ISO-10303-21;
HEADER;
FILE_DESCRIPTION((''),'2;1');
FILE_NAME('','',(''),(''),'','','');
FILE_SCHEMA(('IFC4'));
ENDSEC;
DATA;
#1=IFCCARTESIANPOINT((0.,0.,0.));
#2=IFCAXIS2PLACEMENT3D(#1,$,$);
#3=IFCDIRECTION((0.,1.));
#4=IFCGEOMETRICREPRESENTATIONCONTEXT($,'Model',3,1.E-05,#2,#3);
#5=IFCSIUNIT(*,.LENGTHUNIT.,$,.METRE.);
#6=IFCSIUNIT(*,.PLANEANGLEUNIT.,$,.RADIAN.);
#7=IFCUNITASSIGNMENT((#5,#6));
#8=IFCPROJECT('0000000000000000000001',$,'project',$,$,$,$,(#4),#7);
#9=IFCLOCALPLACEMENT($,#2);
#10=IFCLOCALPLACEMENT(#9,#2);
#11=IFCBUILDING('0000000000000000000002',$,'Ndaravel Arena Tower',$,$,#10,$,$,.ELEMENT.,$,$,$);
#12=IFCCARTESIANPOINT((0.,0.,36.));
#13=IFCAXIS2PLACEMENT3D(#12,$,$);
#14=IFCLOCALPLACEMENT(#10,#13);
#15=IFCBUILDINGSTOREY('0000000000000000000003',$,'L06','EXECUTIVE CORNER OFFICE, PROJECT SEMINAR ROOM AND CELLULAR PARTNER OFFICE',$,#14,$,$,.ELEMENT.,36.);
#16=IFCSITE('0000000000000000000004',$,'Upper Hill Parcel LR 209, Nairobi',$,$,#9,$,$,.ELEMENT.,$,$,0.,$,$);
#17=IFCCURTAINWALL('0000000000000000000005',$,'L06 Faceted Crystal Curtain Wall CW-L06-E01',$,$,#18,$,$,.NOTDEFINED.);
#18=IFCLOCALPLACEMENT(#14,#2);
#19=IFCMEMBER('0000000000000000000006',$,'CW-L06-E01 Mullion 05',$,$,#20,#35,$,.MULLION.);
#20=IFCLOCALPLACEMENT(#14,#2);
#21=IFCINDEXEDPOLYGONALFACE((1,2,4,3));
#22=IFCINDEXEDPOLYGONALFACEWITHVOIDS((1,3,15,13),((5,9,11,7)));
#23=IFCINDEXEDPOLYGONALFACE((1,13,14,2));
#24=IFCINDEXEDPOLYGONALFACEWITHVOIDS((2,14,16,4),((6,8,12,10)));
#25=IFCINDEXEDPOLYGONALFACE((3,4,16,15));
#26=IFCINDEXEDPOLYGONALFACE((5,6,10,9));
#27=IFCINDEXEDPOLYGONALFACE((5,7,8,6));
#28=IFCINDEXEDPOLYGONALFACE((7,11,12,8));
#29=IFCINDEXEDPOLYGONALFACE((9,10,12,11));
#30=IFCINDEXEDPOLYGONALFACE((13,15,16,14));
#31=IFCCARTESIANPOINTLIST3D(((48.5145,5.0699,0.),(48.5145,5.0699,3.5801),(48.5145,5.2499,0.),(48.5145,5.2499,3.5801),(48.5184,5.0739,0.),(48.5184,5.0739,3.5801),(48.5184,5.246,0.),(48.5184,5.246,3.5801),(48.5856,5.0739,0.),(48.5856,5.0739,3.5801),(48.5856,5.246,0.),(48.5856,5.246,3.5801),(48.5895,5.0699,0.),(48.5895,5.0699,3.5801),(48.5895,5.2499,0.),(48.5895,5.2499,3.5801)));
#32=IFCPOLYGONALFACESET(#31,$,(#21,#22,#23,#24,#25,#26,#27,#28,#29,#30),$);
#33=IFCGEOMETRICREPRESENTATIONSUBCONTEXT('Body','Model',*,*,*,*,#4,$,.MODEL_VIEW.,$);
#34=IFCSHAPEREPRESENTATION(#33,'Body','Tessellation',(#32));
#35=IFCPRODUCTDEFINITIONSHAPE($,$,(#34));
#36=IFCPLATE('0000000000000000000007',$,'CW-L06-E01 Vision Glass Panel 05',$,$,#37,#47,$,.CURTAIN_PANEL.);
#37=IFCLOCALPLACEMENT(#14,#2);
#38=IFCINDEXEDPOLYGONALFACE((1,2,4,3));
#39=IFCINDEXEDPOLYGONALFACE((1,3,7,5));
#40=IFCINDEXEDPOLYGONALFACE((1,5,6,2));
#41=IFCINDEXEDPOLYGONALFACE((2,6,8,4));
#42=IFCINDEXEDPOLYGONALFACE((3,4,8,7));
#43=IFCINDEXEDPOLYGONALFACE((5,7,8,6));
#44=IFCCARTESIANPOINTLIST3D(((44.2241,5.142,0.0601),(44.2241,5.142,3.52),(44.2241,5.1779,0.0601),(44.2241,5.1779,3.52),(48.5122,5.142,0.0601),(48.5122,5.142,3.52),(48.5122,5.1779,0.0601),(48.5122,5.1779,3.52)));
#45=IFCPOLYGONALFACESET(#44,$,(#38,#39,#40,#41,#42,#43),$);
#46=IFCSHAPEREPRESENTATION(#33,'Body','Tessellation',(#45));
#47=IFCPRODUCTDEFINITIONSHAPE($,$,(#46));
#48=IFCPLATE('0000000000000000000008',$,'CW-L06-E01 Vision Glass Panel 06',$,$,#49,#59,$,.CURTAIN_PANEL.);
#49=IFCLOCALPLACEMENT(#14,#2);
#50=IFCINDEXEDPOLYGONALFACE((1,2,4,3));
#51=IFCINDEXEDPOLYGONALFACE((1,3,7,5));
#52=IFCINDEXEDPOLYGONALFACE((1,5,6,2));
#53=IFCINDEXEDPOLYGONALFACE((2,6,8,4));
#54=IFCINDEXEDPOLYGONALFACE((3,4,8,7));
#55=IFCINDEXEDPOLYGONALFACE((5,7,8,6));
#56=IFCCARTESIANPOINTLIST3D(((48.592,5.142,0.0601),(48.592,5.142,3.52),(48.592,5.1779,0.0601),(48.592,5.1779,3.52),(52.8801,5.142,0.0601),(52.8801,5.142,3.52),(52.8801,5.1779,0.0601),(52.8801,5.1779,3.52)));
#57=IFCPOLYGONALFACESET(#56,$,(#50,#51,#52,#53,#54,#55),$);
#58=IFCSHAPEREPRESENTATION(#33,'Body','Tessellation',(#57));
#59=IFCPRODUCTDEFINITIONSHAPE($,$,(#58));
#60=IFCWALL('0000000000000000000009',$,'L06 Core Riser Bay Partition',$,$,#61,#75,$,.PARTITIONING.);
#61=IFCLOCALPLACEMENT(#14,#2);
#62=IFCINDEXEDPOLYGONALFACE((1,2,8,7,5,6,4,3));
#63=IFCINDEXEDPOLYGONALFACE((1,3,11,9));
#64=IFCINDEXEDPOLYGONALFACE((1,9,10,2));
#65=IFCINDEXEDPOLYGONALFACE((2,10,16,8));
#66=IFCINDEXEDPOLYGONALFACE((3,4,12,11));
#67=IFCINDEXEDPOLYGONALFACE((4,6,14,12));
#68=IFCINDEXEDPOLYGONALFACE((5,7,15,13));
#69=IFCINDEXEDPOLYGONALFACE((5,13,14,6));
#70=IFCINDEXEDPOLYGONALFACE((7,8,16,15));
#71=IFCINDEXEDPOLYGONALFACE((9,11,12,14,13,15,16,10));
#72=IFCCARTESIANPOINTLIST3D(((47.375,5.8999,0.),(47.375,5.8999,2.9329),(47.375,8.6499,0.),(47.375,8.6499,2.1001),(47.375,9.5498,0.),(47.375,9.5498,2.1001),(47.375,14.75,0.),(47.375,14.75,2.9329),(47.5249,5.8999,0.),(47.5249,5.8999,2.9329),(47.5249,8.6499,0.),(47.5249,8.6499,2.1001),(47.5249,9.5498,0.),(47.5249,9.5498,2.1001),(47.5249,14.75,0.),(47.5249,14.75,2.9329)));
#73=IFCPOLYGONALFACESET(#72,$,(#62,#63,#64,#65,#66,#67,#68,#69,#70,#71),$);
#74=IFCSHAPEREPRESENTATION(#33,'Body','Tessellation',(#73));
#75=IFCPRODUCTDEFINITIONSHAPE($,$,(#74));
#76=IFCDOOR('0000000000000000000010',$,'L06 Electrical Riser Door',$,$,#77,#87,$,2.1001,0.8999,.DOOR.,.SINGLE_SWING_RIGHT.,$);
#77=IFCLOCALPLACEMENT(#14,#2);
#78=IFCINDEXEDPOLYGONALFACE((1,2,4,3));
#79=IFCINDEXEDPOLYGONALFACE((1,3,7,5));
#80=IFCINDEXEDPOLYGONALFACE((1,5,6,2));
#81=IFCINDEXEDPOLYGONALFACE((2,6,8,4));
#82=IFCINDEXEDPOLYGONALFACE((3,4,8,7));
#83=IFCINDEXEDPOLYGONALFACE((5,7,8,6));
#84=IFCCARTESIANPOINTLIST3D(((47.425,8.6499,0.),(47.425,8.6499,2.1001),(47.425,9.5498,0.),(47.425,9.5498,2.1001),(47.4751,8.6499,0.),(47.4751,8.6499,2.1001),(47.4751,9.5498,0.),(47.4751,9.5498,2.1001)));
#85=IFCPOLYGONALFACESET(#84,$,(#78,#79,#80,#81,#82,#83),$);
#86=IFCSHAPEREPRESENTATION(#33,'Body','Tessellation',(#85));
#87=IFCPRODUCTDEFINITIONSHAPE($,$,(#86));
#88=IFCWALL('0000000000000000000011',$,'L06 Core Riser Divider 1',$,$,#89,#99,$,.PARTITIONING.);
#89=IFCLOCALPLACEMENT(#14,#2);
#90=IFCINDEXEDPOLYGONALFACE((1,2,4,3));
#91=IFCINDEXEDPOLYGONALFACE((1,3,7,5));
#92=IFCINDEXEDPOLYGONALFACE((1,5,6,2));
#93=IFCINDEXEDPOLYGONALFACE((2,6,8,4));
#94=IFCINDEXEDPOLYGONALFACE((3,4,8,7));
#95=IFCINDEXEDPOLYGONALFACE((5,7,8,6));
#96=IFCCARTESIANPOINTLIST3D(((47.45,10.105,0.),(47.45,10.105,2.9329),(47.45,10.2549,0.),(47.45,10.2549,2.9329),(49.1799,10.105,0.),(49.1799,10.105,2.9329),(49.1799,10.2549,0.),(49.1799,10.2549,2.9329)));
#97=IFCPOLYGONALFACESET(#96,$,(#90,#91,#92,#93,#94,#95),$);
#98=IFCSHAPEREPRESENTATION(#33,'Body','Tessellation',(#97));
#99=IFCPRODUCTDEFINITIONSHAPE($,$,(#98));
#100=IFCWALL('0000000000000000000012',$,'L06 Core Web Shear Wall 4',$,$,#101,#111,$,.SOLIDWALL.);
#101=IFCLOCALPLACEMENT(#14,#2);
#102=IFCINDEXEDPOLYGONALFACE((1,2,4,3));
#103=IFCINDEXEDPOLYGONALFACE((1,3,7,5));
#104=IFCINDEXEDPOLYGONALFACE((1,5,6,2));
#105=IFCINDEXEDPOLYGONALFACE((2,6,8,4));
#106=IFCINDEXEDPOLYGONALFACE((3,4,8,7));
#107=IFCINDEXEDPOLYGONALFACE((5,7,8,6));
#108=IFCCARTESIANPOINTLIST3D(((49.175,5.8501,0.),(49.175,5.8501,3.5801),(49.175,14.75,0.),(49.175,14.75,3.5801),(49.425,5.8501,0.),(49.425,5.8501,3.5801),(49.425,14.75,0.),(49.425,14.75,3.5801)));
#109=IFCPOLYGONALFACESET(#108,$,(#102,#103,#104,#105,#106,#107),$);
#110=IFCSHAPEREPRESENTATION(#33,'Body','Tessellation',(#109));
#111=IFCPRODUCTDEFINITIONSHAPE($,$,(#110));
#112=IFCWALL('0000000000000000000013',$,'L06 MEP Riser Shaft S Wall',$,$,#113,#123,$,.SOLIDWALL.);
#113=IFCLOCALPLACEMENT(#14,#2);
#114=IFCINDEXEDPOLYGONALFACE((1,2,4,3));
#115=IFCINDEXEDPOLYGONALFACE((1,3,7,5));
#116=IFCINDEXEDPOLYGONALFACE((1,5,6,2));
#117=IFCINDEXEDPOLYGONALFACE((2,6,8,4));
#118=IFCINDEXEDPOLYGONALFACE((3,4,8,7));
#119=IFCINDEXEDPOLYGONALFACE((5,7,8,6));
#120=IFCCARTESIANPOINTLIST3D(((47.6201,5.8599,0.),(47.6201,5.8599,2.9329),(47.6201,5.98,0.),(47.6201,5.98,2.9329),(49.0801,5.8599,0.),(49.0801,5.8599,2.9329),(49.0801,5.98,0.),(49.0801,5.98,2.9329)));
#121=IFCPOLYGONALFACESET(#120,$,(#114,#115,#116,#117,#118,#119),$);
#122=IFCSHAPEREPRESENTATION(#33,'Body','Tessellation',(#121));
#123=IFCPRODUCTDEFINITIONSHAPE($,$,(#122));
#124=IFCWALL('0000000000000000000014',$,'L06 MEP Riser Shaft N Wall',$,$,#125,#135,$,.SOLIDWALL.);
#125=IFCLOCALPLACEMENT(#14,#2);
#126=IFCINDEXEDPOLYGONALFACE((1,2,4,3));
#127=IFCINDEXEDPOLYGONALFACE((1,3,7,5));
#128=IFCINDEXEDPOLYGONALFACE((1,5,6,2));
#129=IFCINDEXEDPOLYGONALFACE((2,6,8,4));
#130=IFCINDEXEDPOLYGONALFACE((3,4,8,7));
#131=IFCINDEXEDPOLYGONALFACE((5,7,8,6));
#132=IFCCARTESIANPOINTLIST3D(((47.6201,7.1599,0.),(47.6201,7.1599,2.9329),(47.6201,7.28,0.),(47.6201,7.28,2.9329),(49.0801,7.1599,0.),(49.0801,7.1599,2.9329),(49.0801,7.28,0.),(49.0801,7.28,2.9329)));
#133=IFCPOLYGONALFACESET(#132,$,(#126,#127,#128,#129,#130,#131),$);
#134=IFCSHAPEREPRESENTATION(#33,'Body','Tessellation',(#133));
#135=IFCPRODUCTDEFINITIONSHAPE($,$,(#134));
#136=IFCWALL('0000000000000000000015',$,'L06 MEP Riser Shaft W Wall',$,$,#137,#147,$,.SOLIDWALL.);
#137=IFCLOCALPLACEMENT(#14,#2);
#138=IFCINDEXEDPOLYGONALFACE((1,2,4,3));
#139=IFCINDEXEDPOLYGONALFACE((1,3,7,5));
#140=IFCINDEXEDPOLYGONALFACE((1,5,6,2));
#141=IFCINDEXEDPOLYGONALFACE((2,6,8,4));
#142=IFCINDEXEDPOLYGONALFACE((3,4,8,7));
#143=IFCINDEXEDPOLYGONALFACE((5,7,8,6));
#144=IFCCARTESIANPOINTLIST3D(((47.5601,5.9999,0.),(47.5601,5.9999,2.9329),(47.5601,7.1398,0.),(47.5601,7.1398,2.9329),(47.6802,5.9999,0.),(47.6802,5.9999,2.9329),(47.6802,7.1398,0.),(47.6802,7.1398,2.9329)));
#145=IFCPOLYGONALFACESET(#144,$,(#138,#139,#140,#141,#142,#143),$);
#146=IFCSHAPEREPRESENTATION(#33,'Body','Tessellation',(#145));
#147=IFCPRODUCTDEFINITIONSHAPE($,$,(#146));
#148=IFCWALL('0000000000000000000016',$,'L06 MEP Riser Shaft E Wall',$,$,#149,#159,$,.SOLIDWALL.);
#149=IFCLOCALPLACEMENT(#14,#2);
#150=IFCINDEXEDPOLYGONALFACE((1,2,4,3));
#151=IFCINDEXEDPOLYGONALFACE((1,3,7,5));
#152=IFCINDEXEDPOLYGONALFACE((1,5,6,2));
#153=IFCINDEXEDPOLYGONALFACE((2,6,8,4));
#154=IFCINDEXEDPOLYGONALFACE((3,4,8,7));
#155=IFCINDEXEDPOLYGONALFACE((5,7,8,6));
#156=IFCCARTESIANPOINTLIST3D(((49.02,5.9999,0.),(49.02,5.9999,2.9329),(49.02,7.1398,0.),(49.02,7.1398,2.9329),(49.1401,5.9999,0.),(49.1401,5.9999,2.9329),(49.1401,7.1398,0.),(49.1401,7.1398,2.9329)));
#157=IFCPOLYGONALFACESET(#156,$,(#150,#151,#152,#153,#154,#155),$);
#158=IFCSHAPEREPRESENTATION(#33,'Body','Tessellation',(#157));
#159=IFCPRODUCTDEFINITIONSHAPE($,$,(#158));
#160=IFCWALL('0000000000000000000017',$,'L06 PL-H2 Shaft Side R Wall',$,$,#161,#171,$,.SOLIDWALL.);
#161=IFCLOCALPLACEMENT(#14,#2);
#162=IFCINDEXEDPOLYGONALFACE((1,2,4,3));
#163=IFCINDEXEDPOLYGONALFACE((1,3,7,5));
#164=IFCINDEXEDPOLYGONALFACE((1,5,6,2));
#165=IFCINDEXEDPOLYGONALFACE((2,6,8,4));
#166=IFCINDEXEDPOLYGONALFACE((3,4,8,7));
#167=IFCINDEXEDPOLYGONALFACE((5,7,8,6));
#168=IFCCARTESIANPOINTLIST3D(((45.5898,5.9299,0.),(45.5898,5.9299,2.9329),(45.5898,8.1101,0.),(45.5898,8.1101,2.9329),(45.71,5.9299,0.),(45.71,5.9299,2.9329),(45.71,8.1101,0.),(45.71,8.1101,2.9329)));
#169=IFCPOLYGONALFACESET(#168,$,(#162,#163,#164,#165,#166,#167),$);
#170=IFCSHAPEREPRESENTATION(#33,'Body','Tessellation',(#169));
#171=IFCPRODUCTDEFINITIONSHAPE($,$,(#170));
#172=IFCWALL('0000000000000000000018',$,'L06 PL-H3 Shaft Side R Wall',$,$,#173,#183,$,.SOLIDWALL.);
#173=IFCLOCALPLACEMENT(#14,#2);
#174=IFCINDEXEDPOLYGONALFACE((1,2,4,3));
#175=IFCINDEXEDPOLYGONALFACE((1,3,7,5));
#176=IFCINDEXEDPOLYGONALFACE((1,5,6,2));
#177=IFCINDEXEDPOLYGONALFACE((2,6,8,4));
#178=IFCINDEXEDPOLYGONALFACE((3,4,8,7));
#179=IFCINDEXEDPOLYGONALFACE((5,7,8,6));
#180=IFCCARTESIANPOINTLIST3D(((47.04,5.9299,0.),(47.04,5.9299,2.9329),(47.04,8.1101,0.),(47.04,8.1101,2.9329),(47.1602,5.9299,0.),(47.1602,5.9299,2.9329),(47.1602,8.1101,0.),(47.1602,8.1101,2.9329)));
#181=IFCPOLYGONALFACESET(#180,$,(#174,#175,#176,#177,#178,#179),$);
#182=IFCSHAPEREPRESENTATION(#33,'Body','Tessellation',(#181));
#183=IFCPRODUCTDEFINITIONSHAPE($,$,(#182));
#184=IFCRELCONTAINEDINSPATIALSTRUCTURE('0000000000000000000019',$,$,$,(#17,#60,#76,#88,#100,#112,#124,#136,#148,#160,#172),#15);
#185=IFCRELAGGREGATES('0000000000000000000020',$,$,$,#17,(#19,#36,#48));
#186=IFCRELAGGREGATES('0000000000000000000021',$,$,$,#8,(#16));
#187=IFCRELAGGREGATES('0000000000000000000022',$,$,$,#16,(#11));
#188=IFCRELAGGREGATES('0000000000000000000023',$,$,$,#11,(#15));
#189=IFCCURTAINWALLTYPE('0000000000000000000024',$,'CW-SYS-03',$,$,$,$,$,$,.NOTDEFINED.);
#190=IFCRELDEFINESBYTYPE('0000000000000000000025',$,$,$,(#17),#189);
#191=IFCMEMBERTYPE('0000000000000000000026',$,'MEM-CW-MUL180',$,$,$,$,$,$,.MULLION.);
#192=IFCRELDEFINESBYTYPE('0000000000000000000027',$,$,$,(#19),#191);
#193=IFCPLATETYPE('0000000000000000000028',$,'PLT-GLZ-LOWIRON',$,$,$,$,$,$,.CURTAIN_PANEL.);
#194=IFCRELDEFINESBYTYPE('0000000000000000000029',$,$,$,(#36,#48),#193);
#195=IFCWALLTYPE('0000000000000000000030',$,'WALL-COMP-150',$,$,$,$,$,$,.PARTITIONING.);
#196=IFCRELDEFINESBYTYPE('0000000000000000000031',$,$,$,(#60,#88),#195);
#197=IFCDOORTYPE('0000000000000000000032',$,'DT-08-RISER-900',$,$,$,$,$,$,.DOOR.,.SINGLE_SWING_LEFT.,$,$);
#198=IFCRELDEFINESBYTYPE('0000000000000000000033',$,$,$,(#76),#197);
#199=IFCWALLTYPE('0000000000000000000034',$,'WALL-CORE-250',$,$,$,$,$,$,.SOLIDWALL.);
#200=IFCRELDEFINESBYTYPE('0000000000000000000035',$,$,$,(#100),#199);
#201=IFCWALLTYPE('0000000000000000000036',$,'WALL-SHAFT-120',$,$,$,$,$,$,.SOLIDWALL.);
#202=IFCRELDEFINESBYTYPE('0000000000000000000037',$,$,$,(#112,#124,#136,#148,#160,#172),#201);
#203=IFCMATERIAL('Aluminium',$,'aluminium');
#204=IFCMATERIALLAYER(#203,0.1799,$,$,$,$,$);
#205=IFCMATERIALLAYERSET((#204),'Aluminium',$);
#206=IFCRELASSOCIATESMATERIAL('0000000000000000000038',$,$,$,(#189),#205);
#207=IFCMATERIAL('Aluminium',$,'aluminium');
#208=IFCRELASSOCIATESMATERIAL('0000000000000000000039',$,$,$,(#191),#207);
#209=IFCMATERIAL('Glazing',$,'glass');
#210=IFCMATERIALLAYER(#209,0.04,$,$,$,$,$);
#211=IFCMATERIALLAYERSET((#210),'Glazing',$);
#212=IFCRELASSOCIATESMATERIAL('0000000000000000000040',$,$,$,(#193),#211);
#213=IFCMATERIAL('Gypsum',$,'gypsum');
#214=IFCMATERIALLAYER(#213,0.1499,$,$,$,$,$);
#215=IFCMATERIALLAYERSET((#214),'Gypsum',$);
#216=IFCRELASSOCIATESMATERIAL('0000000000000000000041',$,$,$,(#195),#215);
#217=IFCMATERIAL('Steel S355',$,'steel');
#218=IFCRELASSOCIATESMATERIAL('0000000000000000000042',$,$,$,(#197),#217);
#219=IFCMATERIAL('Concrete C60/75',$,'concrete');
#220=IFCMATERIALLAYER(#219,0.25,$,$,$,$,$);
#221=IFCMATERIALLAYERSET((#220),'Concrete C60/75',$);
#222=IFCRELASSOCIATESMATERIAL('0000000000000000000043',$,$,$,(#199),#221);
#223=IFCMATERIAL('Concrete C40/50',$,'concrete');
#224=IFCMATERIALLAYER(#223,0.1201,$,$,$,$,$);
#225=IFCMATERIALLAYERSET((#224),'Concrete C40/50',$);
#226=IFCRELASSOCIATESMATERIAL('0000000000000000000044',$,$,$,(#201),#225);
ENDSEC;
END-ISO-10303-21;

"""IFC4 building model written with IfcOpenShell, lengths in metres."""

from ifc_helpers import new_model, si_unit, direction, frame, frame_2d, origin, origin_2d, place, context, subcontext, project, spatial, rectangle, hollow_rectangle, extrude, material, layer, layer_set, material_profile, profile_set, type_object, element, fill, aggregate, save


model = new_model("IFC4")

# Units and contexts
model_context = context("Model", 3, precision=1e-05, world=origin(), true_north=direction((0.0, 1.0)))
body_context = subcontext(model_context, "Body", "Model", "MODEL_VIEW")
ifc_project = project(units=[si_unit("LENGTHUNIT", "METRE"), si_unit("PLANEANGLEUNIT", "RADIAN")], contexts=[model_context])

# Site, building, storey
site_placement = place(None, origin())
site = spatial("IfcSite", under=ifc_project, at=site_placement, Name="Upper Hill Parcel LR 209, Nairobi", CompositionType="ELEMENT", RefElevation=0.0)
building_placement = place(site_placement, origin())
building = spatial("IfcBuilding", under=site, at=building_placement, Name="Ndaravel Arena Tower", CompositionType="ELEMENT")
storey_placement = place(building_placement, frame((0.0, 0.0, 36.0)))
storey = spatial("IfcBuildingStorey", under=building, at=storey_placement, Name="L06", Description="EXECUTIVE CORNER OFFICE, PROJECT SEMINAR ROOM AND CELLULAR PARTNER OFFICE", CompositionType="ELEMENT", Elevation=36.0)

# Curtain wall, member, plates
ifc_material_1 = material(Name="Aluminium", Category="aluminium")
ifc_layer_1 = layer(ifc_material_1, 0.1799)
ifc_layer_set_1 = layer_set([ifc_layer_1], Name="Aluminium")
curtain_wall_type = type_object("IfcCurtainWallType", Name="CW-SYS-03", PredefinedType="NOTDEFINED", material=ifc_layer_set_1)
curtain_wall_placement = place(storey_placement, origin())
curtain_wall = element("IfcCurtainWall", 1, at=curtain_wall_placement, inside=storey, type_object=curtain_wall_type, Name="L06 Faceted Crystal Curtain Wall CW-L06-E01", PredefinedType="NOTDEFINED")
ifc_material_2 = material(Name="Aluminium", Category="aluminium")
ifc_material_profile = material_profile(ifc_material_2, hollow_rectangle(XDim=0.075, YDim=0.1799, WallThickness=0.0039, at=origin_2d()), Name="CW MULLION 75x180x4")
ifc_profile_set = profile_set([ifc_material_profile], Name="Aluminium")
member_type = type_object("IfcMemberType", Name="MEM-CW-MUL180", PredefinedType="MULLION", material=ifc_profile_set)
member_placement = place(storey_placement, frame((48.552, 5.1599, 0.0), z_axis=(0.0, 0.0, 1.0), x_axis=(1.0, 0.0, 0.0)))
member = element("IfcMember", 2, at=member_placement, type_object=member_type, Name="CW-L06-E01 Mullion 05", PredefinedType="MULLION", context=body_context, shape_type="SweptSolid", body=[
    extrude(hollow_rectangle(XDim=0.075, YDim=0.1799, WallThickness=0.0039, at=origin_2d()), origin(), (0.0, 0.0, 1.0), 3.5801),
])
ifc_material_3 = material(Name="Glazing", Category="glass")
ifc_layer_2 = layer(ifc_material_3, 0.04)
ifc_layer_set_2 = layer_set([ifc_layer_2], Name="Glazing")
plate_type = type_object("IfcPlateType", Name="PLT-GLZ-LOWIRON", PredefinedType="CURTAIN_PANEL", material=ifc_layer_set_2)
plate_1_placement = place(storey_placement, frame((46.3682, 5.1599, 0.0601), z_axis=(0.0, 0.0, 1.0), x_axis=(1.0, 0.0, 0.0)))
plate_1 = element("IfcPlate", 3, at=plate_1_placement, type_object=plate_type, Name="CW-L06-E01 Vision Glass Panel 05", PredefinedType="CURTAIN_PANEL", context=body_context, shape_type="SweptSolid", body=[
    extrude(rectangle(XDim=4.2881, YDim=0.0359, at=origin_2d()), origin(), (0.0, 0.0, 1.0), 3.46),
])
plate_2_placement = place(storey_placement, frame((50.7361, 5.1599, 0.0601), z_axis=(0.0, 0.0, 1.0), x_axis=(1.0, 0.0, 0.0)))
plate_2 = element("IfcPlate", 4, at=plate_2_placement, type_object=plate_type, Name="CW-L06-E01 Vision Glass Panel 06", PredefinedType="CURTAIN_PANEL", context=body_context, shape_type="SweptSolid", body=[
    extrude(rectangle(XDim=4.2881, YDim=0.0359, at=origin_2d()), origin(), (0.0, 0.0, 1.0), 3.46),
])
aggregate(curtain_wall, [member, plate_1, plate_2])

# Wall, opening, door
ifc_material_4 = material(Name="Gypsum", Category="gypsum")
ifc_layer_3 = layer(ifc_material_4, 0.1499)
ifc_layer_set_3 = layer_set([ifc_layer_3], Name="Gypsum")
wall_type_1 = type_object("IfcWallType", Name="WALL-COMP-150", PredefinedType="PARTITIONING", material=ifc_layer_set_3)
wall_1_placement = place(storey_placement, frame((47.45, 5.8999, 0.0), z_axis=(0.0, 0.0, 1.0), x_axis=(0.0, 1.0, 0.0)))
wall_1 = element("IfcWall", 5, at=wall_1_placement, inside=storey, type_object=wall_type_1, Name="L06 Core Riser Bay Partition", PredefinedType="PARTITIONING", context=body_context, shape_type="SweptSolid", body=[
    extrude(rectangle(XDim=8.8501, YDim=0.1499, at=frame_2d((4.425, 0.0))), origin(), (0.0, 0.0, 1.0), 2.9329),
])
opening_1_placement = place(wall_1_placement, frame((2.75, 0.0, 0.0)))
opening_1 = element("IfcOpeningElement", 6, at=opening_1_placement, cuts=wall_1, PredefinedType="OPENING", context=body_context, shape_type="SweptSolid", body=[
    extrude(rectangle(XDim=0.8999, YDim=2.1001, at=frame_2d((0.45, 1.05))), frame((0.0, 0.075, 0.0), z_axis=(0.0, -1.0, 0.0), x_axis=(1.0, 0.0, 0.0)), (0.0, 0.0, 1.0), 0.1499),
])
ifc_material_5 = material(Name="Steel S355", Category="steel")
door_type_1 = type_object("IfcDoorType", Name="DT-08-RISER-900", OperationType="SINGLE_SWING_LEFT", PredefinedType="DOOR", material=ifc_material_5)
door_1_placement = place(opening_1_placement, origin())
door_1 = element("IfcDoor", 7, at=door_1_placement, inside=storey, type_object=door_type_1, Name="L06 Electrical Riser Door", OperationType="SINGLE_SWING_RIGHT", OverallHeight=2.1001, OverallWidth=0.8999, PredefinedType="DOOR", context=body_context, shape_type="SweptSolid", body=[
    extrude(rectangle(XDim=0.8999, YDim=2.1001, at=frame_2d((0.45, 1.05))), frame((0.0, 0.0249, 0.0), z_axis=(0.0, -1.0, 0.0), x_axis=(1.0, 0.0, 0.0)), (0.0, 0.0, 1.0), 0.05),
])
fill(opening_1, door_1)

# Walls
wall_2_placement = place(storey_placement, frame((47.45, 10.1799, 0.0), z_axis=(0.0, 0.0, 1.0), x_axis=(1.0, 0.0, 0.0)))
element("IfcWall", 8, at=wall_2_placement, inside=storey, type_object=wall_type_1, Name="L06 Core Riser Divider 1", PredefinedType="PARTITIONING", context=body_context, shape_type="SweptSolid", body=[
    extrude(rectangle(XDim=1.73, YDim=0.1499, at=frame_2d((0.865, 0.0))), origin(), (0.0, 0.0, 1.0), 2.9329),
])
ifc_material_6 = material(Name="Concrete C60/75", Category="concrete")
ifc_layer_4 = layer(ifc_material_6, 0.25)
ifc_layer_set_4 = layer_set([ifc_layer_4], Name="Concrete C60/75")
wall_type_2 = type_object("IfcWallType", Name="WALL-CORE-250", PredefinedType="SOLIDWALL", material=ifc_layer_set_4)
wall_3_placement = place(storey_placement, frame((49.3, 5.8501, 0.0), z_axis=(0.0, 0.0, 1.0), x_axis=(0.0, 1.0, 0.0)))
element("IfcWall", 9, at=wall_3_placement, inside=storey, type_object=wall_type_2, Name="L06 Core Web Shear Wall 4", PredefinedType="SOLIDWALL", context=body_context, shape_type="SweptSolid", body=[
    extrude(rectangle(XDim=8.8999, YDim=0.25, at=frame_2d((4.45, 0.0))), origin(), (0.0, 0.0, 1.0), 3.5801),
])
ifc_material_7 = material(Name="Concrete C40/50", Category="concrete")
ifc_layer_5 = layer(ifc_material_7, 0.1201)
ifc_layer_set_5 = layer_set([ifc_layer_5], Name="Concrete C40/50")
wall_type_3 = type_object("IfcWallType", Name="WALL-SHAFT-120", PredefinedType="SOLIDWALL", material=ifc_layer_set_5)
for number, where, z_axis, x_axis, name in (
    (10, (47.6201, 5.9199, 0.0), (0.0, 0.0, 1.0), (1.0, 0.0, 0.0), "L06 MEP Riser Shaft S Wall"),
    (11, (47.6201, 7.22, 0.0), (0.0, 0.0, 1.0), (1.0, 0.0, 0.0), "L06 MEP Riser Shaft N Wall"),
):
    element("IfcWall", number, at=place(storey_placement, frame(where, z_axis=z_axis, x_axis=x_axis)), inside=storey, type_object=wall_type_3, Name=name, PredefinedType="SOLIDWALL", context=body_context, shape_type="SweptSolid", body=[
        extrude(rectangle(XDim=1.46, YDim=0.1201, at=frame_2d((0.73, 0.0))), origin(), (0.0, 0.0, 1.0), 2.9329),
    ])
for number, where, z_axis, x_axis, name in (
    (12, (47.6201, 6.0, 0.0), (0.0, 0.0, 1.0), (0.0, 1.0, 0.0), "L06 MEP Riser Shaft W Wall"),
    (13, (49.0801, 6.0, 0.0), (0.0, 0.0, 1.0), (0.0, 1.0, 0.0), "L06 MEP Riser Shaft E Wall"),
):
    element("IfcWall", number, at=place(storey_placement, frame(where, z_axis=z_axis, x_axis=x_axis)), inside=storey, type_object=wall_type_3, Name=name, PredefinedType="SOLIDWALL", context=body_context, shape_type="SweptSolid", body=[
        extrude(rectangle(XDim=1.1399, YDim=0.1201, at=frame_2d((0.5698, 0.0))), origin(), (0.0, 0.0, 1.0), 2.9329),
    ])
for number, where, z_axis, x_axis, name in (
    (14, (45.6499, 5.9299, 0.0), (0.0, 0.0, 1.0), (0.0, 1.0, 0.0), "L06 PL-H2 Shaft Side R Wall"),
    (15, (47.1001, 5.9299, 0.0), (0.0, 0.0, 1.0), (0.0, 1.0, 0.0), "L06 PL-H3 Shaft Side R Wall"),
):
    element("IfcWall", number, at=place(storey_placement, frame(where, z_axis=z_axis, x_axis=x_axis)), inside=storey, type_object=wall_type_3, Name=name, PredefinedType="SOLIDWALL", context=body_context, shape_type="SweptSolid", body=[
        extrude(rectangle(XDim=2.1802, YDim=0.1201, at=frame_2d((1.0901, 0.0))), origin(), (0.0, 0.0, 1.0), 2.9329),
    ])

save(model, "model.ifc")
